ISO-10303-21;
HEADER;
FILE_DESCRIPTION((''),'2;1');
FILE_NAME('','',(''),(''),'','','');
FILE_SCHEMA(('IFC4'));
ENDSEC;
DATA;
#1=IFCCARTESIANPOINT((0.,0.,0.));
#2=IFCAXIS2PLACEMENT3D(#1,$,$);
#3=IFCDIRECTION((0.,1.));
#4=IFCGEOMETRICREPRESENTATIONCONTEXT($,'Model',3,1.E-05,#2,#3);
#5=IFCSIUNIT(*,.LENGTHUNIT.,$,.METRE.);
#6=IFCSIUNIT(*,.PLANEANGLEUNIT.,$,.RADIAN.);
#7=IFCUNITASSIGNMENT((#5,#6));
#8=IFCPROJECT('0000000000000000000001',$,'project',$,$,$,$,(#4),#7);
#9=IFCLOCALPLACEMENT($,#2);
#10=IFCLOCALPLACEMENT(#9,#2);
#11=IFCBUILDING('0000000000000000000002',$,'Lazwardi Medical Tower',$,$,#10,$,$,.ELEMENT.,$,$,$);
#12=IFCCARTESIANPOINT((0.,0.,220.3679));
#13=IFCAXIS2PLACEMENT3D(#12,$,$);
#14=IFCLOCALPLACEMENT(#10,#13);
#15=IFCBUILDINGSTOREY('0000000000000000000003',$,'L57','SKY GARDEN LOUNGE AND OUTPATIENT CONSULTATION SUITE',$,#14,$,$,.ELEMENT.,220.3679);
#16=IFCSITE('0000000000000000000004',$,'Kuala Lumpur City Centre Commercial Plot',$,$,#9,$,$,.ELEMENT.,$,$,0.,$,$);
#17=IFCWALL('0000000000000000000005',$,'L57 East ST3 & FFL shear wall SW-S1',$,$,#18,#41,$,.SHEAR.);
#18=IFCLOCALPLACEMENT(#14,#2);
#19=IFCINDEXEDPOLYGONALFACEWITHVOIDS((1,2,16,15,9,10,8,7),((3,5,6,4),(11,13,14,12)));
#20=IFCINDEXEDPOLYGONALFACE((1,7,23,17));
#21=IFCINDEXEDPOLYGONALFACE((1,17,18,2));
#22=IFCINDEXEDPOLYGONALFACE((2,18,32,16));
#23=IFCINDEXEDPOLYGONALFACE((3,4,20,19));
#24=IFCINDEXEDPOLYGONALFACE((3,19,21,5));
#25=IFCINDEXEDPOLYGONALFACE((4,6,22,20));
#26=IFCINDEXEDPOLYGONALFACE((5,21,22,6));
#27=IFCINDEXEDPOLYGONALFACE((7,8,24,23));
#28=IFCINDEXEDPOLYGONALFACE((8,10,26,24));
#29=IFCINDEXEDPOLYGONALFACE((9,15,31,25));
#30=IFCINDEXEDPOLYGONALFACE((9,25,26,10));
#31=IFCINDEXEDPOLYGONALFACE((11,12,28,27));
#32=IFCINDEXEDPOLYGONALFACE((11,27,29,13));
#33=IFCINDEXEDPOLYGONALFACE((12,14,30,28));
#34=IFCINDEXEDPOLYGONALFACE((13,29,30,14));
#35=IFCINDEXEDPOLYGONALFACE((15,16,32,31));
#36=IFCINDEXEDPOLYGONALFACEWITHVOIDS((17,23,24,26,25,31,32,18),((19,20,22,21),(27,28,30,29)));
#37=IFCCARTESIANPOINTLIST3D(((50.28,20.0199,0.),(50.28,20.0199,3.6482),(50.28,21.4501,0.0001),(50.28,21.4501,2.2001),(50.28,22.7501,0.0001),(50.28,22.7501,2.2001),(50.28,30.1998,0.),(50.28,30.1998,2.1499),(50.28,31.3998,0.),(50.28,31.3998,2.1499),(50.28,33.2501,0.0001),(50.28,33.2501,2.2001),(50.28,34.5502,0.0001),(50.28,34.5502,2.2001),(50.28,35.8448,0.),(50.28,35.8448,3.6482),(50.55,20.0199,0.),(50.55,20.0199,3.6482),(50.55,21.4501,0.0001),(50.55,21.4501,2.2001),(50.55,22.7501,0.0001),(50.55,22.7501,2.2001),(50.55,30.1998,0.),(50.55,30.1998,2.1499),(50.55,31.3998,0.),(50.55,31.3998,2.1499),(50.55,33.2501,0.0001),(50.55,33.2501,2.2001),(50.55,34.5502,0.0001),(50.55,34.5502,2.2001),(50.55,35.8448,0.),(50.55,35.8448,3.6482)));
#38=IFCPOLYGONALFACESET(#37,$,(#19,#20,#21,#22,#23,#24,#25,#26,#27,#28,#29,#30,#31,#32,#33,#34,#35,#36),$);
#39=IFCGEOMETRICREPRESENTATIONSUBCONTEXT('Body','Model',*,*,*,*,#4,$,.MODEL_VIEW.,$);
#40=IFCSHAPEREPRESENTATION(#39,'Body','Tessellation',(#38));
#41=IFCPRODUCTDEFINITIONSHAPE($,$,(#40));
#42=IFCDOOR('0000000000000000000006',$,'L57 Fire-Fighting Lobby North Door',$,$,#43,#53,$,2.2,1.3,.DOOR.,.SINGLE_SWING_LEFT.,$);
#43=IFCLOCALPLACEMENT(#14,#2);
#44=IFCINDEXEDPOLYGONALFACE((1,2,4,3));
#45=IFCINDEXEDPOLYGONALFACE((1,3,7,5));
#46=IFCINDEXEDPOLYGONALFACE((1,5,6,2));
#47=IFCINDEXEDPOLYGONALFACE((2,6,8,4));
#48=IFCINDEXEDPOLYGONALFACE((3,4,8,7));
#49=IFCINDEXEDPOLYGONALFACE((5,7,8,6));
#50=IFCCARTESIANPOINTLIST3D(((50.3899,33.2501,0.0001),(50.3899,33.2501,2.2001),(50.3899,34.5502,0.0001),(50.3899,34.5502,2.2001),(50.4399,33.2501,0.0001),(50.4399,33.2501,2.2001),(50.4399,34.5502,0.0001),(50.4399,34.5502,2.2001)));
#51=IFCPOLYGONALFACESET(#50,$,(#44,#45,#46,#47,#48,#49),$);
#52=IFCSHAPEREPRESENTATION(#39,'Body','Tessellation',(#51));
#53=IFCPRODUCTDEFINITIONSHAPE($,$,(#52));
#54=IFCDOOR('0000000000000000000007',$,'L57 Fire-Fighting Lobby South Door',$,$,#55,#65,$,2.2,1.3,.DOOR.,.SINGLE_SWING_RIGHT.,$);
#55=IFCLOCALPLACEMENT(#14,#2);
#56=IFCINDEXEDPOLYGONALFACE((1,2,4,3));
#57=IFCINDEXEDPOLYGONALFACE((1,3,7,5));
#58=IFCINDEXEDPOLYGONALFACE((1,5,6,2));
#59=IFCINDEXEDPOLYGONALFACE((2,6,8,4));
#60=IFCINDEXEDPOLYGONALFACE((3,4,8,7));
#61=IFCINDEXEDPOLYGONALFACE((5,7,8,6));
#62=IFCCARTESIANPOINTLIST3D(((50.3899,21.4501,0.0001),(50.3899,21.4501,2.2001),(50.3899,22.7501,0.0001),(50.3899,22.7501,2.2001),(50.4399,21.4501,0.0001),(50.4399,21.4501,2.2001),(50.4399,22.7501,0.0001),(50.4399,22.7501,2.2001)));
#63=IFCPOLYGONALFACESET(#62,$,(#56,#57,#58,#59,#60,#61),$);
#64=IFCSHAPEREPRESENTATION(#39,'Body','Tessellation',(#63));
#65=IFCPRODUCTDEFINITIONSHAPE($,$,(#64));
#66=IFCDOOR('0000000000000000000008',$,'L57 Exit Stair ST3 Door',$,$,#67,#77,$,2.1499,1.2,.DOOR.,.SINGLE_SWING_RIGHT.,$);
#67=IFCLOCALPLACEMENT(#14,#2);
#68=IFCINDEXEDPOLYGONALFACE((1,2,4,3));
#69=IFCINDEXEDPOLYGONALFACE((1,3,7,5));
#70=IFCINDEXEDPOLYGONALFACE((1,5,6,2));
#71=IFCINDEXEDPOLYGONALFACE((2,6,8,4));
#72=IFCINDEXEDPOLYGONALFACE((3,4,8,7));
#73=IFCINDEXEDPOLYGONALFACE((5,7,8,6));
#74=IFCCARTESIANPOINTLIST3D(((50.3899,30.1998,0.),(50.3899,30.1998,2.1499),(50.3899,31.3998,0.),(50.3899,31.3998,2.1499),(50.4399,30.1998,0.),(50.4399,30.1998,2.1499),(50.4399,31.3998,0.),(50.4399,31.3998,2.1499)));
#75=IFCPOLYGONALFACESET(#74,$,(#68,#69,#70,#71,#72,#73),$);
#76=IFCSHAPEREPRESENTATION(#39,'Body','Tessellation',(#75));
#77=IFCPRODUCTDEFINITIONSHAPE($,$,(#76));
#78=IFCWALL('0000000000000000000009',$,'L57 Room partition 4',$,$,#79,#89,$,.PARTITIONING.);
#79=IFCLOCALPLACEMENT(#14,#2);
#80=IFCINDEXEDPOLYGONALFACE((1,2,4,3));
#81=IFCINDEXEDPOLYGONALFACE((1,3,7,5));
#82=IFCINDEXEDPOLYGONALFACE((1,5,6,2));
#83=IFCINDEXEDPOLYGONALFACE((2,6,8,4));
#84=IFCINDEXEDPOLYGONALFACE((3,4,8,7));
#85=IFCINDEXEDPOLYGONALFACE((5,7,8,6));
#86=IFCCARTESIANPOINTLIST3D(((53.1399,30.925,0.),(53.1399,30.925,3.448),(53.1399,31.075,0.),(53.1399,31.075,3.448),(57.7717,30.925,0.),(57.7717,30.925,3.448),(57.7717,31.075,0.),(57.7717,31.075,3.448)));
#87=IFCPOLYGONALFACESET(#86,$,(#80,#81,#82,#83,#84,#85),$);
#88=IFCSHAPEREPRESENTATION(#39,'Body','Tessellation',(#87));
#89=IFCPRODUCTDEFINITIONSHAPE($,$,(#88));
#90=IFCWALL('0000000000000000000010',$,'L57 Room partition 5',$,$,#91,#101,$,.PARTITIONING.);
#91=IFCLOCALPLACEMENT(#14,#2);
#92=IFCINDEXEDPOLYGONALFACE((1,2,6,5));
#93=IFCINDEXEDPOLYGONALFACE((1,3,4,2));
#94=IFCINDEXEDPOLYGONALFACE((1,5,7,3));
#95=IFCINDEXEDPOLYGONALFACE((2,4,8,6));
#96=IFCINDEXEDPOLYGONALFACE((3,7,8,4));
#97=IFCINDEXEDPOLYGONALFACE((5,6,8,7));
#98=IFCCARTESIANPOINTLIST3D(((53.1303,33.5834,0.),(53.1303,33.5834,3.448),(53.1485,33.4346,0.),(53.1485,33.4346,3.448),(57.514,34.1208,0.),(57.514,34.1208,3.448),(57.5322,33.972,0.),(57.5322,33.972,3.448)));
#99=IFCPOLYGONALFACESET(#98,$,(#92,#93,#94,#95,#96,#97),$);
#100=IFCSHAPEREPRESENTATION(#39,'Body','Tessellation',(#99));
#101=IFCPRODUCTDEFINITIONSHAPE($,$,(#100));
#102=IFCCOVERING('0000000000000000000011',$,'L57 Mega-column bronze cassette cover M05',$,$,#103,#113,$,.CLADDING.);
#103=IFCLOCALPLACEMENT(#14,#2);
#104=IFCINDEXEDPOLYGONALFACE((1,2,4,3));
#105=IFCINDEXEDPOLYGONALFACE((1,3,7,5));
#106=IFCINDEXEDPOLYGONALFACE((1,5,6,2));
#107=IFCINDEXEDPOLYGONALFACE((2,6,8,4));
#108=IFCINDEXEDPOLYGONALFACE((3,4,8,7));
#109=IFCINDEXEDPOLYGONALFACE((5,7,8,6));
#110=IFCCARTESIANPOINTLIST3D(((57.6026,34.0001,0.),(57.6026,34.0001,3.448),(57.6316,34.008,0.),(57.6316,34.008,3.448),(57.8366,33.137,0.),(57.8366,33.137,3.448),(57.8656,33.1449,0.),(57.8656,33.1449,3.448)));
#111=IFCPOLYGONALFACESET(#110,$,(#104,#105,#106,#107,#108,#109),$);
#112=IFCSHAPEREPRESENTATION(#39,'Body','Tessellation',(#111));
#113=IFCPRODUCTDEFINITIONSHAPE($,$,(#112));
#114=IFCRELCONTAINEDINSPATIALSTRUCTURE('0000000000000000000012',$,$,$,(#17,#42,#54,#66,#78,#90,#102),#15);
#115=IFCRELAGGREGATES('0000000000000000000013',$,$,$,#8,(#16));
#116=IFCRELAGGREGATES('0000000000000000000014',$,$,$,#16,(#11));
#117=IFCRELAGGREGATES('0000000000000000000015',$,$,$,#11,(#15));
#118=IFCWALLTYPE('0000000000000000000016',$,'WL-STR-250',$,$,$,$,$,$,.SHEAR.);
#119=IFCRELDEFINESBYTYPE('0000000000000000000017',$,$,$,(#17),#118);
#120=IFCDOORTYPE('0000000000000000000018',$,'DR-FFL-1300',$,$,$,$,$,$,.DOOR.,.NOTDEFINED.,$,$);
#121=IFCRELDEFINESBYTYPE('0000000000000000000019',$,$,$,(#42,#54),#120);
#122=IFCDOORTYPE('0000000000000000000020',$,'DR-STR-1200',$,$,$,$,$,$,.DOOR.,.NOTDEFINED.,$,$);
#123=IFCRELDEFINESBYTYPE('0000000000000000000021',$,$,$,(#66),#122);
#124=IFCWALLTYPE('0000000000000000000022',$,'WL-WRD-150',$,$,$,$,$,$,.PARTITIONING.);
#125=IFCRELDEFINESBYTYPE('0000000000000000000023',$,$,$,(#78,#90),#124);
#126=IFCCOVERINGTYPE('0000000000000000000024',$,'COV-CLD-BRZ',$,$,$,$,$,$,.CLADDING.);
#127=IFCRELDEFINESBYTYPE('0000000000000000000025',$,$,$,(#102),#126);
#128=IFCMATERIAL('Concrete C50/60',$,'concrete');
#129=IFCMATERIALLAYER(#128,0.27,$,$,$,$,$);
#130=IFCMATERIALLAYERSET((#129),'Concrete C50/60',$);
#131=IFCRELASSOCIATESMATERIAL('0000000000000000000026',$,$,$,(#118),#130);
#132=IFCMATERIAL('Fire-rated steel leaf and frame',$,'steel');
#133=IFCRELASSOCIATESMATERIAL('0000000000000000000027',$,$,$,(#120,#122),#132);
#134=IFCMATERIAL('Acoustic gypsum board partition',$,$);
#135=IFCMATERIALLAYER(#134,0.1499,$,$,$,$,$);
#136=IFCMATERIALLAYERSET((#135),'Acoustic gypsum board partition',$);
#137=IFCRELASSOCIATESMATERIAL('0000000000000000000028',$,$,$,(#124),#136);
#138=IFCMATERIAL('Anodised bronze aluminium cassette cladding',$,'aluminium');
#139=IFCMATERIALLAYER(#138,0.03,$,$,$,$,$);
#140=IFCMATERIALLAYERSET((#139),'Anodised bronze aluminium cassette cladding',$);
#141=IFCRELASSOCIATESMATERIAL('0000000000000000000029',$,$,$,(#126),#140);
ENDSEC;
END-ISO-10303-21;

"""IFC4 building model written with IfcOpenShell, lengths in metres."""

from ifc_helpers import new_model, si_unit, direction, frame, frame_2d, origin, origin_2d, place, context, subcontext, project, spatial, rectangle, extrude, material, layer, layer_set, type_object, element, fill, save


model = new_model("IFC4")

# Units and contexts
model_context = context("Model", 3, precision=1e-05, world=origin(), true_north=direction((0.0, 1.0)))
body_context = subcontext(model_context, "Body", "Model", "MODEL_VIEW")
ifc_project = project(units=[si_unit("LENGTHUNIT", "METRE"), si_unit("PLANEANGLEUNIT", "RADIAN")], contexts=[model_context])

# Site, building, storey
site_placement = place(None, origin())
site = spatial("IfcSite", under=ifc_project, at=site_placement, Name="Kuala Lumpur City Centre Commercial Plot", CompositionType="ELEMENT", RefElevation=0.0)
building_placement = place(site_placement, origin())
building = spatial("IfcBuilding", under=site, at=building_placement, Name="Lazwardi Medical Tower", CompositionType="ELEMENT")
storey_placement = place(building_placement, frame((0.0, 0.0, 220.3679)))
storey = spatial("IfcBuildingStorey", under=building, at=storey_placement, Name="L57", Description="SKY GARDEN LOUNGE AND OUTPATIENT CONSULTATION SUITE", CompositionType="ELEMENT", Elevation=220.3679)

# Wall, openings, doors
ifc_material_1 = material(Name="Concrete C50/60", Category="concrete")
ifc_layer_1 = layer(ifc_material_1, 0.27)
ifc_layer_set_1 = layer_set([ifc_layer_1], Name="Concrete C50/60")
wall_type_1 = type_object("IfcWallType", Name="WL-STR-250", PredefinedType="SHEAR", material=ifc_layer_set_1)
wall_1_placement = place(storey_placement, frame((50.415, 35.845, 0.0), z_axis=(0.0, 0.0, 1.0), x_axis=(0.0, -1.0, 0.0)))
wall_1 = element("IfcWall", 1, at=wall_1_placement, inside=storey, type_object=wall_type_1, Name="L57 East ST3 & FFL shear wall SW-S1", PredefinedType="SHEAR", context=body_context, shape_type="SweptSolid", body=[
    extrude(rectangle(XDim=15.825, YDim=0.27, at=frame_2d((7.9126, 0.0))), origin(), (0.0, 0.0, 1.0), 3.6482),
])
opening_1_placement = place(wall_1_placement, frame((4.4451, 0.0, 0.0)))
opening_1 = element("IfcOpeningElement", 2, at=opening_1_placement, cuts=wall_1, PredefinedType="OPENING", context=body_context, shape_type="SweptSolid", body=[
    extrude(rectangle(XDim=1.2, YDim=2.1499, at=frame_2d((0.6001, 1.075))), frame((0.0, 0.145, 0.0), z_axis=(0.0, -1.0, 0.0), x_axis=(1.0, 0.0, 0.0)), (0.0, 0.0, 1.0), 0.29),
])
opening_2_placement = place(wall_1_placement, frame((1.2949, 0.0, 0.0)))
opening_2 = element("IfcOpeningElement", 3, at=opening_2_placement, cuts=wall_1, PredefinedType="OPENING", context=body_context, shape_type="SweptSolid", body=[
    extrude(rectangle(XDim=1.3, YDim=2.2, at=frame_2d((0.6499, 1.1001))), frame((0.0, 0.145, 0.0), z_axis=(0.0, -1.0, 0.0), x_axis=(1.0, 0.0, 0.0)), (0.0, 0.0, 1.0), 0.29),
])
opening_3_placement = place(wall_1_placement, frame((13.095, 0.0, 0.0)))
opening_3 = element("IfcOpeningElement", 4, at=opening_3_placement, cuts=wall_1, PredefinedType="OPENING", context=body_context, shape_type="SweptSolid", body=[
    extrude(rectangle(XDim=1.3, YDim=2.2, at=frame_2d((0.6499, 1.1001))), frame((0.0, 0.145, 0.0), z_axis=(0.0, -1.0, 0.0), x_axis=(1.0, 0.0, 0.0)), (0.0, 0.0, 1.0), 0.29),
])
ifc_material_2 = material(Name="Fire-rated steel leaf and frame", Category="steel")
door_type_1 = type_object("IfcDoorType", Name="DR-FFL-1300", OperationType="NOTDEFINED", PredefinedType="DOOR", material=ifc_material_2)
door_1_placement = place(opening_2_placement, origin())
door_1 = element("IfcDoor", 5, at=door_1_placement, inside=storey, type_object=door_type_1, Name="L57 Fire-Fighting Lobby North Door", OperationType="SINGLE_SWING_LEFT", OverallHeight=2.2, OverallWidth=1.3, PredefinedType="DOOR", context=body_context, shape_type="SweptSolid", body=[
    extrude(rectangle(XDim=1.3, YDim=2.2, at=frame_2d((0.6499, 1.1001))), frame((0.0, 0.0249, 0.0), z_axis=(0.0, -1.0, 0.0), x_axis=(1.0, 0.0, 0.0)), (0.0, 0.0, 1.0), 0.05),
])
fill(opening_2, door_1)
door_2_placement = place(opening_3_placement, origin())
door_2 = element("IfcDoor", 6, at=door_2_placement, inside=storey, type_object=door_type_1, Name="L57 Fire-Fighting Lobby South Door", OperationType="SINGLE_SWING_RIGHT", OverallHeight=2.2, OverallWidth=1.3, PredefinedType="DOOR", context=body_context, shape_type="SweptSolid", body=[
    extrude(rectangle(XDim=1.3, YDim=2.2, at=frame_2d((0.6499, 1.1001))), frame((0.0, 0.0249, 0.0), z_axis=(0.0, -1.0, 0.0), x_axis=(1.0, 0.0, 0.0)), (0.0, 0.0, 1.0), 0.05),
])
fill(opening_3, door_2)
door_type_2 = type_object("IfcDoorType", Name="DR-STR-1200", OperationType="NOTDEFINED", PredefinedType="DOOR", material=ifc_material_2)
door_3_placement = place(opening_1_placement, origin())
door_3 = element("IfcDoor", 7, at=door_3_placement, inside=storey, type_object=door_type_2, Name="L57 Exit Stair ST3 Door", OperationType="SINGLE_SWING_RIGHT", OverallHeight=2.1499, OverallWidth=1.2, PredefinedType="DOOR", context=body_context, shape_type="SweptSolid", body=[
    extrude(rectangle(XDim=1.2, YDim=2.1499, at=frame_2d((0.6001, 1.075))), frame((0.0, 0.0249, 0.0), z_axis=(0.0, -1.0, 0.0), x_axis=(1.0, 0.0, 0.0)), (0.0, 0.0, 1.0), 0.05),
])
fill(opening_1, door_3)

# Walls
ifc_material_3 = material(Name="Acoustic gypsum board partition")
ifc_layer_2 = layer(ifc_material_3, 0.1499)
ifc_layer_set_2 = layer_set([ifc_layer_2], Name="Acoustic gypsum board partition")
wall_type_2 = type_object("IfcWallType", Name="WL-WRD-150", PredefinedType="PARTITIONING", material=ifc_layer_set_2)
wall_2_placement = place(storey_placement, frame((53.1399, 31.0, 0.0), z_axis=(0.0, 0.0, 1.0), x_axis=(1.0, 0.0, 0.0)))
element("IfcWall", 8, at=wall_2_placement, inside=storey, type_object=wall_type_2, Name="L57 Room partition 4", PredefinedType="PARTITIONING", context=body_context, shape_type="SweptSolid", body=[
    extrude(rectangle(XDim=4.6318, YDim=0.1499, at=frame_2d((2.3159, 0.0))), origin(), (0.0, 0.0, 1.0), 3.448),
])
wall_3_placement = place(storey_placement, frame((53.1394, 33.509, 0.0), z_axis=(0.0, 0.0, 1.0), x_axis=(0.992571, 0.121667, 0.0)))
element("IfcWall", 9, at=wall_3_placement, inside=storey, type_object=wall_type_2, Name="L57 Room partition 5", PredefinedType="PARTITIONING", context=body_context, shape_type="SweptSolid", body=[
    extrude(rectangle(XDim=4.4165, YDim=0.1499, at=frame_2d((2.2083, 0.0))), origin(), (0.0, 0.0, 1.0), 3.448),
])

# Covering
ifc_material_4 = material(Name="Anodised bronze aluminium cassette cladding", Category="aluminium")
ifc_layer_3 = layer(ifc_material_4, 0.03)
ifc_layer_set_3 = layer_set([ifc_layer_3], Name="Anodised bronze aluminium cassette cladding")
covering_type = type_object("IfcCoveringType", Name="COV-CLD-BRZ", PredefinedType="CLADDING", material=ifc_layer_set_3)
covering_placement = place(storey_placement, frame((57.7341, 33.5725, 0.0), z_axis=(0.0, 0.0, 1.0), x_axis=(-0.261642, 0.965165, 0.0)))
element("IfcCovering", 10, at=covering_placement, inside=storey, type_object=covering_type, Name="L57 Mega-column bronze cassette cover M05", PredefinedType="CLADDING", context=body_context, shape_type="SweptSolid", body=[
    extrude(rectangle(XDim=0.8943, YDim=0.03, at=origin_2d()), origin(), (0.0, 0.0, 1.0), 3.448),
])

save(model, "model.ifc")
